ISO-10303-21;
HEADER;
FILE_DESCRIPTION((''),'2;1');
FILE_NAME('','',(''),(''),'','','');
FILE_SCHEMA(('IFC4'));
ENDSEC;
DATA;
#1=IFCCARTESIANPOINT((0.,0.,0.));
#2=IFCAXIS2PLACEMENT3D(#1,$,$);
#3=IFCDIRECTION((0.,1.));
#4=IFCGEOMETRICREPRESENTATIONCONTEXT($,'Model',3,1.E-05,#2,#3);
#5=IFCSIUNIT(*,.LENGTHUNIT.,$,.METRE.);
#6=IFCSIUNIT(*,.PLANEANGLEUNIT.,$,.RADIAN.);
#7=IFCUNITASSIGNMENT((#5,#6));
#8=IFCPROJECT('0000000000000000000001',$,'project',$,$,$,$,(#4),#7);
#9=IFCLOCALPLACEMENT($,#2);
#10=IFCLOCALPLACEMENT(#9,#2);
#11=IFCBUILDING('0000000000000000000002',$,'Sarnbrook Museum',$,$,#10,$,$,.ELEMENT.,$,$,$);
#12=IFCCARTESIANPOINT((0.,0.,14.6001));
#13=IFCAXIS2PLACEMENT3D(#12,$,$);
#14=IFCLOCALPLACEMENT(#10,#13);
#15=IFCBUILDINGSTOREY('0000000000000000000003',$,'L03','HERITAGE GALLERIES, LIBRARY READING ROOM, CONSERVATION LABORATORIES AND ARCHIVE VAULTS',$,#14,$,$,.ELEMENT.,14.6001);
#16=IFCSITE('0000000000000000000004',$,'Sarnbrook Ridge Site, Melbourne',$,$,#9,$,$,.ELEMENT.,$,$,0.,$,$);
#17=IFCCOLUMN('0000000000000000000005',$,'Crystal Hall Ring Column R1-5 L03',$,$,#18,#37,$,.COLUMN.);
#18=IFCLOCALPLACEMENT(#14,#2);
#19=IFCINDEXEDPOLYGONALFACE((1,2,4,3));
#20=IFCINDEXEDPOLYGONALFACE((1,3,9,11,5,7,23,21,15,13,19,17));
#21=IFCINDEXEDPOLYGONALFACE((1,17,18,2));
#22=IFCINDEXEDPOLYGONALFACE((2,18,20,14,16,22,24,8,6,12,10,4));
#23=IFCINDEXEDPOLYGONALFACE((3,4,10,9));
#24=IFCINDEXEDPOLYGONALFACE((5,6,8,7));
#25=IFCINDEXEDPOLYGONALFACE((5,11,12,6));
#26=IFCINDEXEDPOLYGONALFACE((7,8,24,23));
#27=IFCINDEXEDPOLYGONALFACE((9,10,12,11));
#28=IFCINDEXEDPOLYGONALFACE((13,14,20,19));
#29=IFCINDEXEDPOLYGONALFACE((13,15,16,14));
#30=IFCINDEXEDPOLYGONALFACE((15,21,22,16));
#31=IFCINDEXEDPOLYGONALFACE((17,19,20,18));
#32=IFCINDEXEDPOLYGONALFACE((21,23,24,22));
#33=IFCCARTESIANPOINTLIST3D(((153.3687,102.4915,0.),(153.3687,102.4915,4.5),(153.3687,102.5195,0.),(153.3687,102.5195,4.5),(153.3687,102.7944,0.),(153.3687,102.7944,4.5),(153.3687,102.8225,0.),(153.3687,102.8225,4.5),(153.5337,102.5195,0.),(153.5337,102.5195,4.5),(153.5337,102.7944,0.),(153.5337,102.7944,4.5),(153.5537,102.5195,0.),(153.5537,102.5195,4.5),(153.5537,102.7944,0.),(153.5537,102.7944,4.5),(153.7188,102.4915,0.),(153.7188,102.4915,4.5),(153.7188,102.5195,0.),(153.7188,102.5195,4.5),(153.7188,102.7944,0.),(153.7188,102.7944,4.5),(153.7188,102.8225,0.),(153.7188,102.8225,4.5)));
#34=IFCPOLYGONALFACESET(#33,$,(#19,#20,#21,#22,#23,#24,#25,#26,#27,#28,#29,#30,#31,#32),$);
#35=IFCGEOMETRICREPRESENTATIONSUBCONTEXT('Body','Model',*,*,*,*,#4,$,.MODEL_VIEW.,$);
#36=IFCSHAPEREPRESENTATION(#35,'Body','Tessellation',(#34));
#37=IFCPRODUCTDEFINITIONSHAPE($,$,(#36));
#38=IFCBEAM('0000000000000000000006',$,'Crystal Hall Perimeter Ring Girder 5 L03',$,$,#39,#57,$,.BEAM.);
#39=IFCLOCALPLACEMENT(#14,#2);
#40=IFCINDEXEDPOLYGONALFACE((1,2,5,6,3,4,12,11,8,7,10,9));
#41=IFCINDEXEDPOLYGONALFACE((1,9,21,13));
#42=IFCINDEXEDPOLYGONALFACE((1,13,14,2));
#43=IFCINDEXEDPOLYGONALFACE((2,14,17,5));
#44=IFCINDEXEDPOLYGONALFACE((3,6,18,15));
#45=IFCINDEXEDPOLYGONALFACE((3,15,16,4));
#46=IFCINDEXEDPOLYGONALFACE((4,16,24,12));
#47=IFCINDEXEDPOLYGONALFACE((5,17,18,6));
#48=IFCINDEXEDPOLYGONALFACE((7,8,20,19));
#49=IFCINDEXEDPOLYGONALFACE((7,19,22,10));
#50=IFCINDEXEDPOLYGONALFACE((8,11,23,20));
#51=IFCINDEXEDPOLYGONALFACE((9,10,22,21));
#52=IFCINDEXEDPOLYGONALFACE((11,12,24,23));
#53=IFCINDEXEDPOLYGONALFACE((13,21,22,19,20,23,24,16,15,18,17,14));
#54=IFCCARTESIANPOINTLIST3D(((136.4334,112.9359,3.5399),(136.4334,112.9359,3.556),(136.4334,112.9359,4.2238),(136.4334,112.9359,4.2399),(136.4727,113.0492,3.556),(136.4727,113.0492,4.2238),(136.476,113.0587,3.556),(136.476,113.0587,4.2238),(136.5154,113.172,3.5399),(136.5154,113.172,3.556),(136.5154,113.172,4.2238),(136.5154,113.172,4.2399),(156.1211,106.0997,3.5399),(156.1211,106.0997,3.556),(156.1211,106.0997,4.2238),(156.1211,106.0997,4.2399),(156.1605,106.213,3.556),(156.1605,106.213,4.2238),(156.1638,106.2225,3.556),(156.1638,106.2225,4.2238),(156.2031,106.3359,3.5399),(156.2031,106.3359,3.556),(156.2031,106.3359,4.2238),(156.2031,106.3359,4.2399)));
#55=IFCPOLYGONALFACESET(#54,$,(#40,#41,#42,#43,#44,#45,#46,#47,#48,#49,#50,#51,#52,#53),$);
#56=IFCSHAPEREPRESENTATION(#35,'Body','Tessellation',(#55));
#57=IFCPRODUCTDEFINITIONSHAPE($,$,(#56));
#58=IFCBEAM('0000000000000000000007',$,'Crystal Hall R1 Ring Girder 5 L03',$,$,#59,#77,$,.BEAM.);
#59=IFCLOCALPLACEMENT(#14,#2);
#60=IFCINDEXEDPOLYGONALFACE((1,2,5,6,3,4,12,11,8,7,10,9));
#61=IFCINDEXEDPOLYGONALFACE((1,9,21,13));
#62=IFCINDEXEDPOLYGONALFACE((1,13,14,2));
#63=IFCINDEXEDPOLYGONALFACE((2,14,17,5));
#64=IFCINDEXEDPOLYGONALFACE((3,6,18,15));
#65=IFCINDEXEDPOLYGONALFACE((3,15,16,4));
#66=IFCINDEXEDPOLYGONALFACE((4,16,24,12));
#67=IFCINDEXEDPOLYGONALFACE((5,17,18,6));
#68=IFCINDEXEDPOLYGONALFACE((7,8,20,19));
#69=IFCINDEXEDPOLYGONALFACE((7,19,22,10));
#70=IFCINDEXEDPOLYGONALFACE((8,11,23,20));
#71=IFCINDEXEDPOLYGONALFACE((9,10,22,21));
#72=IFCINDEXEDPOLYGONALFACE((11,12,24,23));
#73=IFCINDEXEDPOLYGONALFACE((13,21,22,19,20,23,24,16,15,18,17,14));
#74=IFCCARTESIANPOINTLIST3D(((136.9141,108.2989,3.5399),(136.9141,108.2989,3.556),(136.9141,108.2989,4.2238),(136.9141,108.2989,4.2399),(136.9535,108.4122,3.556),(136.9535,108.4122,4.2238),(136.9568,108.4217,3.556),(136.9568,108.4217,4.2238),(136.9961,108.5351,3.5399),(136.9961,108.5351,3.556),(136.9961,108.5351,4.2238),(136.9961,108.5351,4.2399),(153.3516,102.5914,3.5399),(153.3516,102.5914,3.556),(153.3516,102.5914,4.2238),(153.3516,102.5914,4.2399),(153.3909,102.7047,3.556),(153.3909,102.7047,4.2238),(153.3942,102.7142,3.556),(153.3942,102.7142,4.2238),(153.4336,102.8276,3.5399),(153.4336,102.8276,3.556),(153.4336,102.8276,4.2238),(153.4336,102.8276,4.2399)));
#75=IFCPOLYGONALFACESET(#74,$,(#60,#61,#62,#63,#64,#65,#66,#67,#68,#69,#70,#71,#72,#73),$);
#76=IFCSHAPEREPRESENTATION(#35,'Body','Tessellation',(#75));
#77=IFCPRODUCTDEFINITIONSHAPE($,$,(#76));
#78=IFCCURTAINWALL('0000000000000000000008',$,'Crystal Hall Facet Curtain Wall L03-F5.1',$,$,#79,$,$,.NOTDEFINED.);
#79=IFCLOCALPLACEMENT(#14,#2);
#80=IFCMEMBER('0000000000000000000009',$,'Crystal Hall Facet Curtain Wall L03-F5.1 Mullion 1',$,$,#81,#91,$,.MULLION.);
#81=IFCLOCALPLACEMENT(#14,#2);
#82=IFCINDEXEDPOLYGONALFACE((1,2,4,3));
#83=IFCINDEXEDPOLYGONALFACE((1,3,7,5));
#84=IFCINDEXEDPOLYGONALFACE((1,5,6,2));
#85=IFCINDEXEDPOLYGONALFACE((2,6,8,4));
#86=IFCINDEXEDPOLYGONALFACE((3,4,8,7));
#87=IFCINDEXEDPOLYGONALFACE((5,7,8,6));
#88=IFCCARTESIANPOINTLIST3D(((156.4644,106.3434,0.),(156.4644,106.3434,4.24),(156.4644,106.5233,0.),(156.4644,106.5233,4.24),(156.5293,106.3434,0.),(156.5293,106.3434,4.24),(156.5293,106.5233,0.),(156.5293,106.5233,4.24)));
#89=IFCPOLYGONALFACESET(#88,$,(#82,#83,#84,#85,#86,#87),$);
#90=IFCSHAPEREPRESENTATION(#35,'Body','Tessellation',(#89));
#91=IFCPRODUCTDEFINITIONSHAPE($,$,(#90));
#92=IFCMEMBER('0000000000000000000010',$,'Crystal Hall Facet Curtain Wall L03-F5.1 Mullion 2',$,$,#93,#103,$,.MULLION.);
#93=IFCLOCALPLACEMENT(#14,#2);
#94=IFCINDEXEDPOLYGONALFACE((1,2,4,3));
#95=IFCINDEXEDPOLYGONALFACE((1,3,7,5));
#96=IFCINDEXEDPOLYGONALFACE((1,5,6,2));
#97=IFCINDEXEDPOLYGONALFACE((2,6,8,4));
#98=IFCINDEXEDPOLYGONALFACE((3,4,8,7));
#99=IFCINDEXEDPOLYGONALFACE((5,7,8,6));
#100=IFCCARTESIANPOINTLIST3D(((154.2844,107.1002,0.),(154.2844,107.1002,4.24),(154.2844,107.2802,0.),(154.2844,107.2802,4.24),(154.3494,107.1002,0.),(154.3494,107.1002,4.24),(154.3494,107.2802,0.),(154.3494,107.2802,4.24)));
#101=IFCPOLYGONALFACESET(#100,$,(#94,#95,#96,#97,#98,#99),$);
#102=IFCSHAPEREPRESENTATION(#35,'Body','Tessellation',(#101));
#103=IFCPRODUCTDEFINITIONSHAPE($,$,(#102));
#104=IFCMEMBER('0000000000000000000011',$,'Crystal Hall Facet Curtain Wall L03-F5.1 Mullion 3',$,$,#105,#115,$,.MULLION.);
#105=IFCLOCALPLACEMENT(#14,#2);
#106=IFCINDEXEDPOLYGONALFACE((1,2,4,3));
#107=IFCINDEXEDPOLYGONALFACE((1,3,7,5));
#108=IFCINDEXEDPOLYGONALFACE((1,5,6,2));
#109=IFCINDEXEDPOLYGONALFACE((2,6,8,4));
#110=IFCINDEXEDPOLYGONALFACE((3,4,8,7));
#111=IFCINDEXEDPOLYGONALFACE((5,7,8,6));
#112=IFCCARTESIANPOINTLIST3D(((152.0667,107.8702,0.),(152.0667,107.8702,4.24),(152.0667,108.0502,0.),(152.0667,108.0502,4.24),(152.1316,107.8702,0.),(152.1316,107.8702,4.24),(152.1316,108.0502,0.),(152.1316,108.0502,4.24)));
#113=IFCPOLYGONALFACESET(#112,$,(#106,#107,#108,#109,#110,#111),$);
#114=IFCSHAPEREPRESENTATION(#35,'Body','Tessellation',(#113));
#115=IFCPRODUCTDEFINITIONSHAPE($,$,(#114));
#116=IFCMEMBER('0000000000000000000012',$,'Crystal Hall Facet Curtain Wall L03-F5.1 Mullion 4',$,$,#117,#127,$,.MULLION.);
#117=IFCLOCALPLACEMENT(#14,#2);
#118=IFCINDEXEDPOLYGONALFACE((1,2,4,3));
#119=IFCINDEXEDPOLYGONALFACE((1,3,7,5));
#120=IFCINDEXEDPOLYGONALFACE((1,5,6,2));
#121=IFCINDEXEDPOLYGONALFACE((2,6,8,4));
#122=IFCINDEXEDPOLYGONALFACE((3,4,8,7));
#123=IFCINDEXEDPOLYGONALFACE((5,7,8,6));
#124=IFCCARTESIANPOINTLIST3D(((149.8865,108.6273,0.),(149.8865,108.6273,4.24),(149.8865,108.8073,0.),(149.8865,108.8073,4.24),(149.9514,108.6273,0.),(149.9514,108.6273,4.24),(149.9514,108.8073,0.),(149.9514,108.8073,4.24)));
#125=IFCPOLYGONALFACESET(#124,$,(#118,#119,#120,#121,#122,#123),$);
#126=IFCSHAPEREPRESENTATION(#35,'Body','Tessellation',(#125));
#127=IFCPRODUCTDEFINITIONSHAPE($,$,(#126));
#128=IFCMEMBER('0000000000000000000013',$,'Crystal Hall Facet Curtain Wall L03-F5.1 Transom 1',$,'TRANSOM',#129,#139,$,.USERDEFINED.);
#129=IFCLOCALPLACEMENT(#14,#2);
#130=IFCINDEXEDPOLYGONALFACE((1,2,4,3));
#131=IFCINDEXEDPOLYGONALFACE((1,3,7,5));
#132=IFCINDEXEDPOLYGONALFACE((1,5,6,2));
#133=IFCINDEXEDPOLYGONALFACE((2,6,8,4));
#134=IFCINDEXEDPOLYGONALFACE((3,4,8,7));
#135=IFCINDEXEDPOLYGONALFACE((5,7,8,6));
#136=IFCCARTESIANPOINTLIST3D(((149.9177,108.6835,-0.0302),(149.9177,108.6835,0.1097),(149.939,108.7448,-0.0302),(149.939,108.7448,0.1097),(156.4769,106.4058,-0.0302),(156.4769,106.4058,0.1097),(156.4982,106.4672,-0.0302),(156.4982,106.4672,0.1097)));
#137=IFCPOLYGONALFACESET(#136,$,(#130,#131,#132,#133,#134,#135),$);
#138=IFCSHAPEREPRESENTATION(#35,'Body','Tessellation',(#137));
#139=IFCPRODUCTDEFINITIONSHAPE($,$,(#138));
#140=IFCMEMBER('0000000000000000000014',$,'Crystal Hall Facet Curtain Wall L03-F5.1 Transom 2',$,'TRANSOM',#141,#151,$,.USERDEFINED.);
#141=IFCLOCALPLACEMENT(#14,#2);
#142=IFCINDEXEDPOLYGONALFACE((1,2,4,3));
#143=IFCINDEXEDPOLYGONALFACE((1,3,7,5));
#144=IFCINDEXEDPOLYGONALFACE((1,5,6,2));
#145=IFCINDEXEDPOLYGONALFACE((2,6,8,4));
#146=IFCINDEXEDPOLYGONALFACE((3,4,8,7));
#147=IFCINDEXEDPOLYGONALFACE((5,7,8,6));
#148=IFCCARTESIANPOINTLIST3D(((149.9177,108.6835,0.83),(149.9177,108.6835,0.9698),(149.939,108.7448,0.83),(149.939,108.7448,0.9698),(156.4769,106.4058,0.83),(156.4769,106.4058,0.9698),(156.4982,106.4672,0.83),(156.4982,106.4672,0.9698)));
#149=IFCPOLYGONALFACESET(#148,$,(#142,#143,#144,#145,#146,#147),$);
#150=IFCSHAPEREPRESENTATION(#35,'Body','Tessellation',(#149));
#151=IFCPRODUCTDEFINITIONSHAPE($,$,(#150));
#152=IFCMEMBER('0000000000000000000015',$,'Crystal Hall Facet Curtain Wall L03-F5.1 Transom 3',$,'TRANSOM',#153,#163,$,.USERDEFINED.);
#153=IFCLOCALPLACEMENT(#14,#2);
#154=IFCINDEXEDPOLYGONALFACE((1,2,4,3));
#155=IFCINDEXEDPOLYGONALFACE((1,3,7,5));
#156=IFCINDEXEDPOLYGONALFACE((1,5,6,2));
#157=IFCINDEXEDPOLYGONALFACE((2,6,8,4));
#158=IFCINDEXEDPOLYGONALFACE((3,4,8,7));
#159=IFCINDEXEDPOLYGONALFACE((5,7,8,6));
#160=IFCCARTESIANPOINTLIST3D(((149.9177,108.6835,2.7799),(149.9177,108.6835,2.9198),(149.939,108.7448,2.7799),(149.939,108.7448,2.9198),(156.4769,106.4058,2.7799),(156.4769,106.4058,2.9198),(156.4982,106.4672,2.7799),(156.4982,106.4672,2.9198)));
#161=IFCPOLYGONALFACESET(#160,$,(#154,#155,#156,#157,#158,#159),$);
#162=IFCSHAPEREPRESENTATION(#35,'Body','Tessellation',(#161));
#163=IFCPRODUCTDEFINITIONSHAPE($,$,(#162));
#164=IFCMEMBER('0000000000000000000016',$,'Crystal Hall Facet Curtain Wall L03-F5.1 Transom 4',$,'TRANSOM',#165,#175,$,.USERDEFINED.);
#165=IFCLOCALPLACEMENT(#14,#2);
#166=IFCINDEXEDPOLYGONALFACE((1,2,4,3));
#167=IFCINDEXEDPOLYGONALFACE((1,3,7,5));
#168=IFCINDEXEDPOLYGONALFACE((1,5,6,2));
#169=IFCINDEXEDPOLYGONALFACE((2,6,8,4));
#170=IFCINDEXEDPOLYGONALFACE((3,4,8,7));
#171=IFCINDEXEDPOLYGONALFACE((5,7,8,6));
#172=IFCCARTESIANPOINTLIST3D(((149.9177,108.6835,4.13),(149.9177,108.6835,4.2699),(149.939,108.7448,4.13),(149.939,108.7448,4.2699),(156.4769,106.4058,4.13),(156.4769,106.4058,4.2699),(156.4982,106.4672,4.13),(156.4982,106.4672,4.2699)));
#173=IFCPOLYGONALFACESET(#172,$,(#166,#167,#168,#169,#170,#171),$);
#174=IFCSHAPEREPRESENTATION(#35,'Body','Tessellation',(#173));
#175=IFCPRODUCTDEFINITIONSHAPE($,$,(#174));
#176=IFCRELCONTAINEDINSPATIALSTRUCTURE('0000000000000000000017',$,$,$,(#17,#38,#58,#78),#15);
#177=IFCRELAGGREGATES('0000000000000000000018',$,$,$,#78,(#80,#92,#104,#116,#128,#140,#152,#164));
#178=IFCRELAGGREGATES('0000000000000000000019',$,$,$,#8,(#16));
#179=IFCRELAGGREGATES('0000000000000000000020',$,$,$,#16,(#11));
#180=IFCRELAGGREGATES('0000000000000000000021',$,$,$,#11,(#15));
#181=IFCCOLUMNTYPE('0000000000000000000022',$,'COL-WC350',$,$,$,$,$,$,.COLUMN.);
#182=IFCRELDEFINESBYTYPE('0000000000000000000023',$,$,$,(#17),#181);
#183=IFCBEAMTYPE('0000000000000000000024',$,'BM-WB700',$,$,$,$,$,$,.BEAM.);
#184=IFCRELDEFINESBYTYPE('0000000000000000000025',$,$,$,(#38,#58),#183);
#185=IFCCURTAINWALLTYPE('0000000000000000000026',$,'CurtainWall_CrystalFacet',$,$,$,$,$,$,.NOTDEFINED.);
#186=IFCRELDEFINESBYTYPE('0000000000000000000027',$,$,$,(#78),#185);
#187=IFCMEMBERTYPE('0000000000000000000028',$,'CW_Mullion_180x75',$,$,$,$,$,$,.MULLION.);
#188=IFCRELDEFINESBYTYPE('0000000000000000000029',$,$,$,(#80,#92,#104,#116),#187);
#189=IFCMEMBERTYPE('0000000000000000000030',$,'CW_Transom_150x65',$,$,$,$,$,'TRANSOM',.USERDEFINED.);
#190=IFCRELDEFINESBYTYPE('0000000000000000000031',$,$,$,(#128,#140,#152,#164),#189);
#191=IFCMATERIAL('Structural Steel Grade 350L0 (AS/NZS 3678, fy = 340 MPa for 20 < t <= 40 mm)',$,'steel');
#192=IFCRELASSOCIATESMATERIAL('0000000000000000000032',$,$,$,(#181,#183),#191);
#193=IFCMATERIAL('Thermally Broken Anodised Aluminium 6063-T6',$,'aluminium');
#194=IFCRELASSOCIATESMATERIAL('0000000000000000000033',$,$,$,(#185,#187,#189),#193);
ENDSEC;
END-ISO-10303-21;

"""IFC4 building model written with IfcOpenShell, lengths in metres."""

from ifc_helpers import new_model, si_unit, direction, frame, origin, origin_2d, place, context, subcontext, project, spatial, rectangle, i_section, extrude, material, material_profile, profile_set, type_object, element, aggregate, save


model = new_model("IFC4")

# Units and contexts
model_context = context("Model", 3, precision=1e-05, world=origin(), true_north=direction((0.0, 1.0)))
body_context = subcontext(model_context, "Body", "Model", "MODEL_VIEW")
ifc_project = project(units=[si_unit("LENGTHUNIT", "METRE"), si_unit("PLANEANGLEUNIT", "RADIAN")], contexts=[model_context])

# Site, building, storey
site_placement = place(None, origin())
site = spatial("IfcSite", under=ifc_project, at=site_placement, Name="Sarnbrook Ridge Site, Melbourne", CompositionType="ELEMENT", RefElevation=0.0)
building_placement = place(site_placement, origin())
building = spatial("IfcBuilding", under=site, at=building_placement, Name="Sarnbrook Museum", CompositionType="ELEMENT")
storey_placement = place(building_placement, frame((0.0, 0.0, 14.6001)))
storey = spatial("IfcBuildingStorey", under=building, at=storey_placement, Name="L03", Description="HERITAGE GALLERIES, LIBRARY READING ROOM, CONSERVATION LABORATORIES AND ARCHIVE VAULTS", CompositionType="ELEMENT", Elevation=14.6001)

# Column
ifc_material_1 = material(Name="Structural Steel Grade 350L0 (AS/NZS 3678, fy = 340 MPa for 20 < t <= 40 mm)", Category="steel")
ifc_material_profile_1 = material_profile(ifc_material_1, i_section(OverallWidth=0.3501, OverallDepth=0.3311, WebThickness=0.02, FlangeThickness=0.0281, at=origin_2d()), Name="350WC197")
ifc_profile_set_1 = profile_set([ifc_material_profile_1], Name="Structural Steel Grade 350L0 (AS/NZS 3678, fy = 340 MPa for 20 < t <= 40 mm)")
column_type = type_object("IfcColumnType", Name="COL-WC350", PredefinedType="COLUMN", material=ifc_profile_set_1)
column_placement = place(storey_placement, frame((153.5437, 102.657, 0.0), z_axis=(0.0, 0.0, 1.0), x_axis=(1.0, 0.0, 0.0)))
element("IfcColumn", 1, at=column_placement, inside=storey, type_object=column_type, Name="Crystal Hall Ring Column R1-5 L03", PredefinedType="COLUMN", context=body_context, shape_type="SweptSolid", body=[
    extrude(i_section(OverallWidth=0.3501, OverallDepth=0.3311, WebThickness=0.02, FlangeThickness=0.0281, at=origin_2d()), origin(), (0.0, 0.0, 1.0), 4.5),
])

# Beams
ifc_material_profile_2 = material_profile(ifc_material_1, i_section(OverallWidth=0.25, OverallDepth=0.7, WebThickness=0.01, FlangeThickness=0.0161, at=origin_2d()), Name="700WB130")
ifc_profile_set_2 = profile_set([ifc_material_profile_2], Name="Structural Steel Grade 350L0 (AS/NZS 3678, fy = 340 MPa for 20 < t <= 40 mm)")
beam_type_1 = type_object("IfcBeamType", Name="BM-WB700", PredefinedType="BEAM", material=ifc_profile_set_2)
beam_1_placement = place(storey_placement, frame((156.1621, 106.2178, 3.8899), z_axis=(-0.944671, 0.328019, 0.0), x_axis=(-0.328019, -0.944671, 0.0)))
element("IfcBeam", 2, at=beam_1_placement, inside=storey, type_object=beam_type_1, Name="Crystal Hall Perimeter Ring Girder 5 L03", PredefinedType="BEAM", context=body_context, shape_type="SweptSolid", body=[
    extrude(i_section(OverallWidth=0.25, OverallDepth=0.7, WebThickness=0.01, FlangeThickness=0.0161, at=origin_2d()), origin(), (0.0, 0.0, 1.0), 20.8408),
])
beam_2_placement = place(storey_placement, frame((153.3926, 102.7095, 3.8899), z_axis=(-0.944673, 0.328014, 0.0), x_axis=(-0.328014, -0.944673, 0.0)))
element("IfcBeam", 3, at=beam_2_placement, inside=storey, type_object=beam_type_1, Name="Crystal Hall R1 Ring Girder 5 L03", PredefinedType="BEAM", context=body_context, shape_type="SweptSolid", body=[
    extrude(i_section(OverallWidth=0.25, OverallDepth=0.7, WebThickness=0.01, FlangeThickness=0.0161, at=origin_2d()), origin(), (0.0, 0.0, 1.0), 17.4001),
])

# Curtain wall, members
ifc_material_2 = material(Name="Thermally Broken Anodised Aluminium 6063-T6", Category="aluminium")
curtain_wall_type = type_object("IfcCurtainWallType", Name="CurtainWall_CrystalFacet", PredefinedType="NOTDEFINED", material=ifc_material_2)
curtain_wall_placement = place(storey_placement, origin())
curtain_wall = element("IfcCurtainWall", 4, at=curtain_wall_placement, inside=storey, type_object=curtain_wall_type, Name="Crystal Hall Facet Curtain Wall L03-F5.1", PredefinedType="NOTDEFINED")
ifc_material_profile_3 = material_profile(ifc_material_2, rectangle(XDim=0.0649, YDim=0.1799, at=origin_2d()), Name="ALU MULLION 65x180")
ifc_profile_set_3 = profile_set([ifc_material_profile_3], Name="Thermally Broken Anodised Aluminium 6063-T6")
member_type_1 = type_object("IfcMemberType", Name="CW_Mullion_180x75", PredefinedType="MULLION", material=ifc_profile_set_3)
member_1_placement = place(storey_placement, frame((156.4968, 106.4333, 0.0), z_axis=(0.0, 0.0, 1.0), x_axis=(1.0, 0.0, 0.0)))
member_1 = element("IfcMember", 5, at=member_1_placement, type_object=member_type_1, Name="Crystal Hall Facet Curtain Wall L03-F5.1 Mullion 1", PredefinedType="MULLION", context=body_context, shape_type="SweptSolid", body=[
    extrude(rectangle(XDim=0.0649, YDim=0.1799, at=origin_2d()), origin(), (0.0, 0.0, 1.0), 4.24),
])
member_2_placement = place(storey_placement, frame((154.3169, 107.1902, 0.0), z_axis=(0.0, 0.0, 1.0), x_axis=(1.0, 0.0, 0.0)))
member_2 = element("IfcMember", 6, at=member_2_placement, type_object=member_type_1, Name="Crystal Hall Facet Curtain Wall L03-F5.1 Mullion 2", PredefinedType="MULLION", context=body_context, shape_type="SweptSolid", body=[
    extrude(rectangle(XDim=0.0649, YDim=0.1799, at=origin_2d()), origin(), (0.0, 0.0, 1.0), 4.24),
])
member_3_placement = place(storey_placement, frame((152.0991, 107.9602, 0.0), z_axis=(0.0, 0.0, 1.0), x_axis=(1.0, 0.0, 0.0)))
member_3 = element("IfcMember", 7, at=member_3_placement, type_object=member_type_1, Name="Crystal Hall Facet Curtain Wall L03-F5.1 Mullion 3", PredefinedType="MULLION", context=body_context, shape_type="SweptSolid", body=[
    extrude(rectangle(XDim=0.0649, YDim=0.1799, at=origin_2d()), origin(), (0.0, 0.0, 1.0), 4.24),
])
member_4_placement = place(storey_placement, frame((149.9189, 108.7173, 0.0), z_axis=(0.0, 0.0, 1.0), x_axis=(1.0, 0.0, 0.0)))
member_4 = element("IfcMember", 8, at=member_4_placement, type_object=member_type_1, Name="Crystal Hall Facet Curtain Wall L03-F5.1 Mullion 4", PredefinedType="MULLION", context=body_context, shape_type="SweptSolid", body=[
    extrude(rectangle(XDim=0.0649, YDim=0.1799, at=origin_2d()), origin(), (0.0, 0.0, 1.0), 4.24),
])
ifc_material_profile_4 = material_profile(ifc_material_2, rectangle(XDim=0.0649, YDim=0.1399, at=origin_2d()), Name="ALU TRANSOM 65x140")
ifc_profile_set_4 = profile_set([ifc_material_profile_4], Name="Thermally Broken Anodised Aluminium 6063-T6")
member_type_2 = type_object("IfcMemberType", Name="CW_Transom_150x65", ElementType="TRANSOM", PredefinedType="USERDEFINED", material=ifc_profile_set_4)
member_5_placement = place(storey_placement, frame((156.4875, 106.4365, 0.0398), z_axis=(-0.944668, 0.328028, 0.0), x_axis=(-0.328028, -0.944668, 0.0)))
member_5 = element("IfcMember", 9, at=member_5_placement, type_object=member_type_2, Name="Crystal Hall Facet Curtain Wall L03-F5.1 Transom 1", ObjectType="TRANSOM", PredefinedType="USERDEFINED", context=body_context, shape_type="SweptSolid", body=[
    extrude(rectangle(XDim=0.0649, YDim=0.1399, at=origin_2d()), origin(), (0.0, 0.0, 1.0), 6.9434),
])
member_6_placement = place(storey_placement, frame((156.4875, 106.4365, 0.8999), z_axis=(-0.944668, 0.328028, 0.0), x_axis=(-0.328028, -0.944668, 0.0)))
member_6 = element("IfcMember", 10, at=member_6_placement, type_object=member_type_2, Name="Crystal Hall Facet Curtain Wall L03-F5.1 Transom 2", ObjectType="TRANSOM", PredefinedType="USERDEFINED", context=body_context, shape_type="SweptSolid", body=[
    extrude(rectangle(XDim=0.0649, YDim=0.1399, at=origin_2d()), origin(), (0.0, 0.0, 1.0), 6.9434),
])
member_7_placement = place(storey_placement, frame((156.4875, 106.4365, 2.8499), z_axis=(-0.944668, 0.328028, 0.0), x_axis=(-0.328028, -0.944668, 0.0)))
member_7 = element("IfcMember", 11, at=member_7_placement, type_object=member_type_2, Name="Crystal Hall Facet Curtain Wall L03-F5.1 Transom 3", ObjectType="TRANSOM", PredefinedType="USERDEFINED", context=body_context, shape_type="SweptSolid", body=[
    extrude(rectangle(XDim=0.0649, YDim=0.1399, at=origin_2d()), origin(), (0.0, 0.0, 1.0), 6.9434),
])
member_8_placement = place(storey_placement, frame((156.4875, 106.4365, 4.2), z_axis=(-0.944668, 0.328028, 0.0), x_axis=(-0.328028, -0.944668, 0.0)))
member_8 = element("IfcMember", 12, at=member_8_placement, type_object=member_type_2, Name="Crystal Hall Facet Curtain Wall L03-F5.1 Transom 4", ObjectType="TRANSOM", PredefinedType="USERDEFINED", context=body_context, shape_type="SweptSolid", body=[
    extrude(rectangle(XDim=0.0649, YDim=0.1399, at=origin_2d()), origin(), (0.0, 0.0, 1.0), 6.9434),
])

aggregate(curtain_wall, [member_1, member_2, member_3, member_4, member_5, member_6, member_7, member_8])

save(model, "model.ifc")
